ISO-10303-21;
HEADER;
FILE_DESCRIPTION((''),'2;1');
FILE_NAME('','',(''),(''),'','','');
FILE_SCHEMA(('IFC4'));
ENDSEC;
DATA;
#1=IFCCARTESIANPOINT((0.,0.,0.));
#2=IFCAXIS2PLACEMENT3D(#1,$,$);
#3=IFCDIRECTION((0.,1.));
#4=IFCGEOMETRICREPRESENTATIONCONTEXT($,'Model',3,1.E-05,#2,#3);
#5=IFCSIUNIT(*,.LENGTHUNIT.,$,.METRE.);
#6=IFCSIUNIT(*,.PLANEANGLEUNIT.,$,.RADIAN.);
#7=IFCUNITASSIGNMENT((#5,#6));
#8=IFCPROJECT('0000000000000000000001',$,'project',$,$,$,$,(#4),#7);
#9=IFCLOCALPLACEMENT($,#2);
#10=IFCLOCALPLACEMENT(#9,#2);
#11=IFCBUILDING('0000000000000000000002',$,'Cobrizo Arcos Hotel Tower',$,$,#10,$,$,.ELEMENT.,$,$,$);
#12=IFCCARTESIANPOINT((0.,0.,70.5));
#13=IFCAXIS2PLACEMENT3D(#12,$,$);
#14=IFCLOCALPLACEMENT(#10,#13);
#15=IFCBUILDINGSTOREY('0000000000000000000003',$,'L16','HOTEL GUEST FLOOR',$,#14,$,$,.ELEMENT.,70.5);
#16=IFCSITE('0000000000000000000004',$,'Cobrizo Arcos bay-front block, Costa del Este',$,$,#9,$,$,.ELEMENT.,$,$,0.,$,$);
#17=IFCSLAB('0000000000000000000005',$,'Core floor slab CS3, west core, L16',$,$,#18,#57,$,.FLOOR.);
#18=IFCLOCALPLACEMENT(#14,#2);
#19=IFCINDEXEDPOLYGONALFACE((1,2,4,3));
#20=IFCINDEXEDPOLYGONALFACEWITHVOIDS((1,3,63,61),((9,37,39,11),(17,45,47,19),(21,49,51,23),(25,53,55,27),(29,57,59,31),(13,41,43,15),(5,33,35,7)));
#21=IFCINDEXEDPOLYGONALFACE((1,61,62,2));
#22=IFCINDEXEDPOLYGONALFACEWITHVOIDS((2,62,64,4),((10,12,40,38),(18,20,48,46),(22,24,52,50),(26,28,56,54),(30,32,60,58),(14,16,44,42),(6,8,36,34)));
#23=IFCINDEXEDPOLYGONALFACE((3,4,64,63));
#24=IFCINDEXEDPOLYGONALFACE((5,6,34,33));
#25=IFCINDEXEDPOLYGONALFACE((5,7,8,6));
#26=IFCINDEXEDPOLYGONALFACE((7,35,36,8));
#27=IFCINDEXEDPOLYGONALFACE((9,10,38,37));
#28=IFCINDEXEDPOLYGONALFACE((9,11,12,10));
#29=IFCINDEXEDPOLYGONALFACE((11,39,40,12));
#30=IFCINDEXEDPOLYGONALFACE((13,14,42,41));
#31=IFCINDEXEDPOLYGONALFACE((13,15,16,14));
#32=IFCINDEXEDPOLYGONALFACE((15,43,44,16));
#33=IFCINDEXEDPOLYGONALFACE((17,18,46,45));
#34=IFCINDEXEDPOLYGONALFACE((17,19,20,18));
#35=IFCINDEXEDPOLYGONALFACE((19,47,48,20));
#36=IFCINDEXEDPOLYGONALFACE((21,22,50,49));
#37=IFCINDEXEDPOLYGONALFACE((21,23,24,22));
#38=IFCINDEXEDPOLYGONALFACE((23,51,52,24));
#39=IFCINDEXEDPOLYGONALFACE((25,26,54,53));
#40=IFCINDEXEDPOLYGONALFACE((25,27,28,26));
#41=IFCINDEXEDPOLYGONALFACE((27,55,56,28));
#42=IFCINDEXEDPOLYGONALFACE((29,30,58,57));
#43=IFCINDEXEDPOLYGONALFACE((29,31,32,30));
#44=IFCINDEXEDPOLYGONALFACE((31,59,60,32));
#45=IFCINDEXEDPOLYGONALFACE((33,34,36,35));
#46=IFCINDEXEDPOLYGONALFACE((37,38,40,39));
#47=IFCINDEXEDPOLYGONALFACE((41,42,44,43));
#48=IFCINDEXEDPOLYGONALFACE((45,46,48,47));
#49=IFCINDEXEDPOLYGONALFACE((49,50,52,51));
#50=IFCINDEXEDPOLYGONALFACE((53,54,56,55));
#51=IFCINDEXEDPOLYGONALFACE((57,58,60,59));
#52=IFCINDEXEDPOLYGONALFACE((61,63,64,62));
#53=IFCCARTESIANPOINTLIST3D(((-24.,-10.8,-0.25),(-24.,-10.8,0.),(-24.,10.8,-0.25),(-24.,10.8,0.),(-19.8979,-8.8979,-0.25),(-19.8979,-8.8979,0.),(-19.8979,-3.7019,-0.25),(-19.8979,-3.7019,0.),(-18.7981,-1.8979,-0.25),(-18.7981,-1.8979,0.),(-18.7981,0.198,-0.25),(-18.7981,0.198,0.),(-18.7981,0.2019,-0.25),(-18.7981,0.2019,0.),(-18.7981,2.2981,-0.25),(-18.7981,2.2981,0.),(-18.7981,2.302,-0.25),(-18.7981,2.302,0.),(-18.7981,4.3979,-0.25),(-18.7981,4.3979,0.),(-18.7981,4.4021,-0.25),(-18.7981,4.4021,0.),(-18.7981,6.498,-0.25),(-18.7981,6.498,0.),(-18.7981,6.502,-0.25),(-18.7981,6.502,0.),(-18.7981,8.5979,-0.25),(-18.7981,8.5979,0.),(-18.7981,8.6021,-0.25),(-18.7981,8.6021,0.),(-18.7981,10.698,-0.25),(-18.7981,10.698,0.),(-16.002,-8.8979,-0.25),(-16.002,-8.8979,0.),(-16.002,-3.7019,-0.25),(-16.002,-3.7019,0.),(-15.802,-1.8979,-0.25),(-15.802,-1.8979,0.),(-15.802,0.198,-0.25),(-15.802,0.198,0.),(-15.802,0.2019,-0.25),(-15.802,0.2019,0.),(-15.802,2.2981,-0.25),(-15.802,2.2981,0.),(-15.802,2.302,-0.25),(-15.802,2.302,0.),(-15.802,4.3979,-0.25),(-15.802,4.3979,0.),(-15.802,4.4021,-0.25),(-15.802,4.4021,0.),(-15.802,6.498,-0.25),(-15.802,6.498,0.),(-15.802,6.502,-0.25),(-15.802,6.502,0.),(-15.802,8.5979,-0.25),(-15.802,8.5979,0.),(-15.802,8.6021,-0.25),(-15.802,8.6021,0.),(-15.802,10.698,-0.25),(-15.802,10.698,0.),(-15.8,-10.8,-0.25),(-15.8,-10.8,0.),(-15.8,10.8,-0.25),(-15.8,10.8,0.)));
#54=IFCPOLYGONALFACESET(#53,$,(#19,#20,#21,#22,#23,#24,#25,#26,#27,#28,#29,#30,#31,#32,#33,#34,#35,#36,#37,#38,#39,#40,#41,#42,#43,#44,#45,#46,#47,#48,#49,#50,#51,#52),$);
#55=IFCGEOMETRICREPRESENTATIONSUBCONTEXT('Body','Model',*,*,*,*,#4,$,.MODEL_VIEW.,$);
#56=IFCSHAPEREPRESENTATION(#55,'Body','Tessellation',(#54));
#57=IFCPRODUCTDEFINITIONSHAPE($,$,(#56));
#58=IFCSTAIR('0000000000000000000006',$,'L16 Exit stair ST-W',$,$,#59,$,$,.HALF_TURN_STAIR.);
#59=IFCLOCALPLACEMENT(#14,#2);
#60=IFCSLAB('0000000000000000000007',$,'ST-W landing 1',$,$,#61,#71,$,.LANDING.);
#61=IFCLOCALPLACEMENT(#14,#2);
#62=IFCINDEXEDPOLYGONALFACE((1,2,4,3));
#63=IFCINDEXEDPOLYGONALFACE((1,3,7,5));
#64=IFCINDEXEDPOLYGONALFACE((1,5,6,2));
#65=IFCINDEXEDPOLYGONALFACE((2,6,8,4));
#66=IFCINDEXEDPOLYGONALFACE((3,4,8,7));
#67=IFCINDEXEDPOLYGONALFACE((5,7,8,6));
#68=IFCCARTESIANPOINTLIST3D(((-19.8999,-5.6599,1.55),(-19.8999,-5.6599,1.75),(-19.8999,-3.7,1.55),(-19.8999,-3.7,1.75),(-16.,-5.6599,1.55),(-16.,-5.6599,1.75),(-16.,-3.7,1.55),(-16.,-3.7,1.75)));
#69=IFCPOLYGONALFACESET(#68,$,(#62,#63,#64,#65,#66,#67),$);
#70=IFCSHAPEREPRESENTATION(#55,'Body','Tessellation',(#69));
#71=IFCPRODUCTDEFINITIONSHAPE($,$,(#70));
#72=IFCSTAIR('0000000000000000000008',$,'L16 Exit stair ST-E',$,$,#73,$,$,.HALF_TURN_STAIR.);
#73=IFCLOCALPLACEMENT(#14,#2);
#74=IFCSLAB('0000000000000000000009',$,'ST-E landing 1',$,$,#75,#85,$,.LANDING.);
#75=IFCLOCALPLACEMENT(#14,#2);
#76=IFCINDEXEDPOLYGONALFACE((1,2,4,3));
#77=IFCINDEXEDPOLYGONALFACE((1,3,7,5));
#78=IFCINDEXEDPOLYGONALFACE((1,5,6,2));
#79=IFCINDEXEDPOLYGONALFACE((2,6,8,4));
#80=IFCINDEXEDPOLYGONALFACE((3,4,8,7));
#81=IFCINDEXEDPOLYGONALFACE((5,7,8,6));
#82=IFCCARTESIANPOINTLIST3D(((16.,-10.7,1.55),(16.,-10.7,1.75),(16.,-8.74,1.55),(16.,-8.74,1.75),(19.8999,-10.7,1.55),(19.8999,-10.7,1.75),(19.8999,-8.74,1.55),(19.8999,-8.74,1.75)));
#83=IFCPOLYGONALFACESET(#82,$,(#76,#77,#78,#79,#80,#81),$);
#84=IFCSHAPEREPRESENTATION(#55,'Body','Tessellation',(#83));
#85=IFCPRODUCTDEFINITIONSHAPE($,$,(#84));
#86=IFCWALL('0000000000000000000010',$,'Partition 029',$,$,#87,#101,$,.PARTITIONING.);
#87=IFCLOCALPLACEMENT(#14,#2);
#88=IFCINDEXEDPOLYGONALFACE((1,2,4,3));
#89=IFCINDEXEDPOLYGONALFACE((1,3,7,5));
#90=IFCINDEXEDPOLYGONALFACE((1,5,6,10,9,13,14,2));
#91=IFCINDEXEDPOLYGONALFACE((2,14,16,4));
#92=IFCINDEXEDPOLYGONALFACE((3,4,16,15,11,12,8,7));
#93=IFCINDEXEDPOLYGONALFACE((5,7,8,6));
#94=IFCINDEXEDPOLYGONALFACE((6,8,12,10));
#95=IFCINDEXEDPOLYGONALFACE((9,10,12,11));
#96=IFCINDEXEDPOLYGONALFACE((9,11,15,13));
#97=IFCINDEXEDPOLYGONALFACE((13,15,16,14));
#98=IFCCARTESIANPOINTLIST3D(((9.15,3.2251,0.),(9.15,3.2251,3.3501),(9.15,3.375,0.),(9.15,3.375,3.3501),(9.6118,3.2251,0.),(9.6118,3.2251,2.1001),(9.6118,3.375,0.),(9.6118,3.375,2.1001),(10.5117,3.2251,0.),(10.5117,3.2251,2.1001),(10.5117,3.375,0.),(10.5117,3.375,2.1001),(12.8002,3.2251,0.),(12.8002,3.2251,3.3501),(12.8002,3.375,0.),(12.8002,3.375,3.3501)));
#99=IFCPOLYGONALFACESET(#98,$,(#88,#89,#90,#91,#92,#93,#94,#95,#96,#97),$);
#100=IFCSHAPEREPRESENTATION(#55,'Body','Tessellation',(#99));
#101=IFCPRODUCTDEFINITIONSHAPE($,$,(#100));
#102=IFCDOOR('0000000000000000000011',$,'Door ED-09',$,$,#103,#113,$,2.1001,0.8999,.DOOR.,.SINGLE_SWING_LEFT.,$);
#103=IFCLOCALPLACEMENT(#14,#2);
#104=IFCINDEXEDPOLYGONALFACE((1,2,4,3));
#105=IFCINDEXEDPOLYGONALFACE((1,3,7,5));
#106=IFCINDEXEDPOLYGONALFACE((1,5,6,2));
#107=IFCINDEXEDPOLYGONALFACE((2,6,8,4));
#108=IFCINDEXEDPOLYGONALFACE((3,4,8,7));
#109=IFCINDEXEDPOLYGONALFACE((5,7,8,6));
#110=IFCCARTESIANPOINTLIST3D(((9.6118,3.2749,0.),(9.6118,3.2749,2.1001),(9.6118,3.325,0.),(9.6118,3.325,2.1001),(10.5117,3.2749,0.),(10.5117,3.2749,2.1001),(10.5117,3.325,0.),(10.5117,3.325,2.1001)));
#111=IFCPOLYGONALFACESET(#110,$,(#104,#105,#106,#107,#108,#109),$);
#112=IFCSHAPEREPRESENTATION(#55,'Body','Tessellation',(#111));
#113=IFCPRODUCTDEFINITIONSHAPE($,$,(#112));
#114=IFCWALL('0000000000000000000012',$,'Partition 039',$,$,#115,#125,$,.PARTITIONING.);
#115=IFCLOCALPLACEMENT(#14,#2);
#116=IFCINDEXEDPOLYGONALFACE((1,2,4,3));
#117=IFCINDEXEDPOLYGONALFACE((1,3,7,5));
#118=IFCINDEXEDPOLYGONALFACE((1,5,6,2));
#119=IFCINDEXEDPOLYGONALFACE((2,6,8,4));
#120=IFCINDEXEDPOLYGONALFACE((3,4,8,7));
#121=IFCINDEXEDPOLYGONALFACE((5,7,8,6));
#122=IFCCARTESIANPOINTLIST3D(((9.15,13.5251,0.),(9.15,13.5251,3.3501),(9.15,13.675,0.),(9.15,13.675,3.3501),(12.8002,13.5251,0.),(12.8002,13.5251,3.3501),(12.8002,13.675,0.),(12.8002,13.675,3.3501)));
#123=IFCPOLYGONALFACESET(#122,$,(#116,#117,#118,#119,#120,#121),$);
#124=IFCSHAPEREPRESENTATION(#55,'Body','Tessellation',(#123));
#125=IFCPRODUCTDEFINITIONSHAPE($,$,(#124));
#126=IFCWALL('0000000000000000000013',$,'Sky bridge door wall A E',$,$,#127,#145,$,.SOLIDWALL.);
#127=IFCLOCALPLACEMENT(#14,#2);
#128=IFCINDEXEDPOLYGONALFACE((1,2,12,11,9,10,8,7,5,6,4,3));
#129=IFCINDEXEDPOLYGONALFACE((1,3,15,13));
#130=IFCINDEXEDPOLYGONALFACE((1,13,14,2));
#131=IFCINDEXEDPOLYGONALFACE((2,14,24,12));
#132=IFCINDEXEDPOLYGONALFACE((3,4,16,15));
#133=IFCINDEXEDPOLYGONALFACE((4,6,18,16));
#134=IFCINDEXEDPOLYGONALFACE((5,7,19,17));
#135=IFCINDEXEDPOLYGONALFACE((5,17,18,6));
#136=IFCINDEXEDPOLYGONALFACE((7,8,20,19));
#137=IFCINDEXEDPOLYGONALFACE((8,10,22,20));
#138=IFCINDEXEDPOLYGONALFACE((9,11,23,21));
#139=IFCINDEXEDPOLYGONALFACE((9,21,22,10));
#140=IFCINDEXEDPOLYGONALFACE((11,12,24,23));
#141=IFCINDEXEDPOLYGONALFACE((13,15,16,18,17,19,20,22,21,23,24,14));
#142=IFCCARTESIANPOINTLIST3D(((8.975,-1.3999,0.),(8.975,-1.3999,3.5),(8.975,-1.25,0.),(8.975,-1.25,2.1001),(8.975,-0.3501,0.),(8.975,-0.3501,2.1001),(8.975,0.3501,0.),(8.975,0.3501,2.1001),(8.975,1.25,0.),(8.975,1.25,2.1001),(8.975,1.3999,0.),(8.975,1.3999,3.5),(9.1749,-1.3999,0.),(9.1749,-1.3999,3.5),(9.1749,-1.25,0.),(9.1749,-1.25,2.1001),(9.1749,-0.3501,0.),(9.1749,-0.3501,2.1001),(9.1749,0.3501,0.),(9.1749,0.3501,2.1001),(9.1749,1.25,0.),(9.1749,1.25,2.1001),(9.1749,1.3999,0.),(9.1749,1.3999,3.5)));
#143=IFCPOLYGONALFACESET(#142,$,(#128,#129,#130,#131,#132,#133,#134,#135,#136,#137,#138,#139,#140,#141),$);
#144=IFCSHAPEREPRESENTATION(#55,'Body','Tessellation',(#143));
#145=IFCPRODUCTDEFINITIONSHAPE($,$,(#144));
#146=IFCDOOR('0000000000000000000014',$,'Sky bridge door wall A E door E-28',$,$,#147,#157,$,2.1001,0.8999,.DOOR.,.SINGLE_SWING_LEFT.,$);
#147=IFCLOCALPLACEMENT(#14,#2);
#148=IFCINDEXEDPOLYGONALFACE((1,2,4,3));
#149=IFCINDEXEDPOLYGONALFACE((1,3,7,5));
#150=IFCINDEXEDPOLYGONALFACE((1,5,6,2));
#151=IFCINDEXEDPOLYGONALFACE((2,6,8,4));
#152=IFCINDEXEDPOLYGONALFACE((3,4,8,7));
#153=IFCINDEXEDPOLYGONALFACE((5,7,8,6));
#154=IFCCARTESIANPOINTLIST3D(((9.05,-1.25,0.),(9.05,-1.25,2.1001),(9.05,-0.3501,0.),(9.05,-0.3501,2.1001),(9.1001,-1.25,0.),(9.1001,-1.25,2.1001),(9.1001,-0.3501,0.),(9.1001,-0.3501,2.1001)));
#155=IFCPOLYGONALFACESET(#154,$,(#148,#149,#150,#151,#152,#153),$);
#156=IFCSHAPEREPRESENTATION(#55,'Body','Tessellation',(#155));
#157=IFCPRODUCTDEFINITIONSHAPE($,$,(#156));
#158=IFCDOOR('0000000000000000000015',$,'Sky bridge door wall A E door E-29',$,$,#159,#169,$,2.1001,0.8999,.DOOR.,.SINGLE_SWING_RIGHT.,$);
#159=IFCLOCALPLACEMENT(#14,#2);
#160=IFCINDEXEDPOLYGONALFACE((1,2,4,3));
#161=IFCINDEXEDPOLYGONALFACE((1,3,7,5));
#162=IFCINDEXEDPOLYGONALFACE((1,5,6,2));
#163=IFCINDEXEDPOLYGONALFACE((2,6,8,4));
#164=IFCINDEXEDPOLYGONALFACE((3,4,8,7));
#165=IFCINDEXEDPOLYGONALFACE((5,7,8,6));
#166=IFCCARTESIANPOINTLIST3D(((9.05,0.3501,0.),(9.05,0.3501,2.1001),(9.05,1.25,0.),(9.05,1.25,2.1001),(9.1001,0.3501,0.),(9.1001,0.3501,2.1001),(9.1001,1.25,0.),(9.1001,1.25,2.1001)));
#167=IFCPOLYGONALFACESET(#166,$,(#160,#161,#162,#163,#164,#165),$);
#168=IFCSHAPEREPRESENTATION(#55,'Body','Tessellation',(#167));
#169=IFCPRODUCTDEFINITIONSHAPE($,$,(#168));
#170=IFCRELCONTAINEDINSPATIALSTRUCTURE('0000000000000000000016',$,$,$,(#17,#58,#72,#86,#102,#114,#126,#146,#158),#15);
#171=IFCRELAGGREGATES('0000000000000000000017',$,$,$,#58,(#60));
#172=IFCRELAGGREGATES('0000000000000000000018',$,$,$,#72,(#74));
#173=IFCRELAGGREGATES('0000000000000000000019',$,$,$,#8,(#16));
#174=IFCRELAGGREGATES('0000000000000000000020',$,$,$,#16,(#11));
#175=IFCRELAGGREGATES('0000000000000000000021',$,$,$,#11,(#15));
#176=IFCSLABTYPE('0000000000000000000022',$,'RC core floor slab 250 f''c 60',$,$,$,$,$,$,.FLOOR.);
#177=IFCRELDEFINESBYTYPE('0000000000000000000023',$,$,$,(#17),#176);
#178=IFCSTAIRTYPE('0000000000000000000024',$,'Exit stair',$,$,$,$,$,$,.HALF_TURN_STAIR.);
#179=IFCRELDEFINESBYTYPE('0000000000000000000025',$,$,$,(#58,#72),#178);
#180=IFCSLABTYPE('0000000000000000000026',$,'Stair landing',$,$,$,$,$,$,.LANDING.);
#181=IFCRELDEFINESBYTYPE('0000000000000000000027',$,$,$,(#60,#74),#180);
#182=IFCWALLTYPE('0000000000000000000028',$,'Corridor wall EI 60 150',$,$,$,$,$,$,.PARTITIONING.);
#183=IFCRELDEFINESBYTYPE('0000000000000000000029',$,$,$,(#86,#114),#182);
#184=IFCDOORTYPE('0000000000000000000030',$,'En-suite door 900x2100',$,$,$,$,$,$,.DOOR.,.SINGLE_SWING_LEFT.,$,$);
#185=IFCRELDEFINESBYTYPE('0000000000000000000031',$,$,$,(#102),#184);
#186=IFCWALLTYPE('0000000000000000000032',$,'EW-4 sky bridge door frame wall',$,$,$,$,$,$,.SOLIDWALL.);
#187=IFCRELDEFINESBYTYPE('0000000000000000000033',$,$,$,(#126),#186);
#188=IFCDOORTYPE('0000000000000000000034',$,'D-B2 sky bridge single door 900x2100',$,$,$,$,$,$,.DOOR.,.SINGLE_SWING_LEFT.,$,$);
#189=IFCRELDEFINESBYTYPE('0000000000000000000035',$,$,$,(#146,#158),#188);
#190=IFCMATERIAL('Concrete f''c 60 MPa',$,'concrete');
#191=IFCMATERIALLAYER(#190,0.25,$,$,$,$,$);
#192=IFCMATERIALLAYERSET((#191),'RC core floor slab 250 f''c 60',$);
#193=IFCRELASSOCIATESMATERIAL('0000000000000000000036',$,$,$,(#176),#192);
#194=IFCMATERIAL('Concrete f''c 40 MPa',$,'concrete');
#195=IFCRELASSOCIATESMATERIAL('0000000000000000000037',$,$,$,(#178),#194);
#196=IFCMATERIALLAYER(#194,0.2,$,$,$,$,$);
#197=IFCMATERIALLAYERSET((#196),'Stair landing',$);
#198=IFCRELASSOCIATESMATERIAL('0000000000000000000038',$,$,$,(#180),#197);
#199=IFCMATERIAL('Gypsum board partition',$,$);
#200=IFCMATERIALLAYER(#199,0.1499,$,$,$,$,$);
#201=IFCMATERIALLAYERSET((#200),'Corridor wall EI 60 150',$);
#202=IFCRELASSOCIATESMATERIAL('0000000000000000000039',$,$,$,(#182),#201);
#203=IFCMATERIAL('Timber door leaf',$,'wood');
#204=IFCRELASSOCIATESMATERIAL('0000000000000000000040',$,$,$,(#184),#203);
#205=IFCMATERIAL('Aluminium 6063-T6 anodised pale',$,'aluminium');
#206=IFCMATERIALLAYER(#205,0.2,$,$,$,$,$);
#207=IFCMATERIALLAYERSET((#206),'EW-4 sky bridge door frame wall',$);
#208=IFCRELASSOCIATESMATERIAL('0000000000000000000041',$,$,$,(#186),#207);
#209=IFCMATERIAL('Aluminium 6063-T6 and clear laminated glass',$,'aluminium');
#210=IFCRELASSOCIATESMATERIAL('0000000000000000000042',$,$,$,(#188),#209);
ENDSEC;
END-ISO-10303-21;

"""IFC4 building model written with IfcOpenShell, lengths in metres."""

from ifc_helpers import new_model, si_unit, direction, frame, frame_2d, origin, place, context, subcontext, project, spatial, polyline, rectangle, outline, extrude, material, layer, layer_set, type_object, element, fill, aggregate, save


model = new_model("IFC4")

# Units and contexts
model_context = context("Model", 3, precision=1e-05, world=origin(), true_north=direction((0.0, 1.0)))
body_context = subcontext(model_context, "Body", "Model", "MODEL_VIEW")
ifc_project = project(units=[si_unit("LENGTHUNIT", "METRE"), si_unit("PLANEANGLEUNIT", "RADIAN")], contexts=[model_context])

# Site, building, storey
site_placement = place(None, origin())
site = spatial("IfcSite", under=ifc_project, at=site_placement, Name="Cobrizo Arcos bay-front block, Costa del Este", CompositionType="ELEMENT", RefElevation=0.0)
building_placement = place(site_placement, origin())
building = spatial("IfcBuilding", under=site, at=building_placement, Name="Cobrizo Arcos Hotel Tower", CompositionType="ELEMENT")
storey_placement = place(building_placement, frame((0.0, 0.0, 70.5)))
storey = spatial("IfcBuildingStorey", under=building, at=storey_placement, Name="L16", Description="HOTEL GUEST FLOOR", CompositionType="ELEMENT", Elevation=70.5)

# Slab
ifc_material_1 = material(Name="Concrete f'c 60 MPa", Category="concrete")
ifc_layer_1 = layer(ifc_material_1, 0.25)
ifc_layer_set_1 = layer_set([ifc_layer_1], Name="RC core floor slab 250 f'c 60")
slab_type_1 = type_object("IfcSlabType", Name="RC core floor slab 250 f'c 60", PredefinedType="FLOOR", material=ifc_layer_set_1)
slab_1_placement = place(storey_placement, frame((0.0, 0.0, -0.25)))
element("IfcSlab", 1, at=slab_1_placement, inside=storey, type_object=slab_type_1, Name="Core floor slab CS3, west core, L16", PredefinedType="FLOOR", context=body_context, shape_type="SweptSolid", body=[
    extrude(outline(polyline([(-24.0, 10.8), (-15.8, 10.8), (-15.8, -10.8), (-24.0, -10.8), (-24.0, 10.8)]), holes=[polyline([(-19.8979, -3.7019), (-19.8979, -8.8979), (-16.002, -8.8979), (-16.002, -3.7019), (-19.8979, -3.7019)]), polyline([(-18.7981, 0.198), (-18.7981, -1.8979), (-15.802, -1.8979), (-15.802, 0.198), (-18.7981, 0.198)]), polyline([(-15.802, 2.2981), (-18.7981, 2.2981), (-18.7981, 0.2019), (-15.802, 0.2019), (-15.802, 2.2981)]), polyline([(-15.802, 4.3979), (-18.7981, 4.3979), (-18.7981, 2.302), (-15.802, 2.302), (-15.802, 4.3979)]), polyline([(-18.7981, 6.498), (-18.7981, 4.4021), (-15.802, 4.4021), (-15.802, 6.498), (-18.7981, 6.498)]), polyline([(-15.802, 8.5979), (-18.7981, 8.5979), (-18.7981, 6.502), (-15.802, 6.502), (-15.802, 8.5979)]), polyline([(-15.802, 10.698), (-18.7981, 10.698), (-18.7981, 8.6021), (-15.802, 8.6021), (-15.802, 10.698)])]), origin(), (0.0, 0.0, 1.0), 0.25),
])

# Stairs, slabs
ifc_material_2 = material(Name="Concrete f'c 40 MPa", Category="concrete")
stair_type = type_object("IfcStairType", Name="Exit stair", PredefinedType="HALF_TURN_STAIR", material=ifc_material_2)
stair_1_placement = place(storey_placement, origin())
stair_1 = element("IfcStair", 2, at=stair_1_placement, inside=storey, type_object=stair_type, Name="L16 Exit stair ST-W", PredefinedType="HALF_TURN_STAIR")
ifc_layer_2 = layer(ifc_material_2, 0.2)
ifc_layer_set_2 = layer_set([ifc_layer_2], Name="Stair landing")
slab_type_2 = type_object("IfcSlabType", Name="Stair landing", PredefinedType="LANDING", material=ifc_layer_set_2)
slab_2_placement = place(storey_placement, frame((0.0, 0.0, 1.55)))
slab_2 = element("IfcSlab", 3, at=slab_2_placement, type_object=slab_type_2, Name="ST-W landing 1", PredefinedType="LANDING", context=body_context, shape_type="SweptSolid", body=[
    extrude(outline(polyline([(-16.0, -5.6599), (-16.0, -3.7), (-19.8999, -3.7), (-19.8999, -5.6599), (-16.0, -5.6599)])), origin(), (0.0, 0.0, 1.0), 0.2),
])
aggregate(stair_1, [slab_2])
stair_2_placement = place(storey_placement, origin())
stair_2 = element("IfcStair", 4, at=stair_2_placement, inside=storey, type_object=stair_type, Name="L16 Exit stair ST-E", PredefinedType="HALF_TURN_STAIR")
slab_3_placement = place(storey_placement, frame((0.0, 0.0, 1.55)))
slab_3 = element("IfcSlab", 5, at=slab_3_placement, type_object=slab_type_2, Name="ST-E landing 1", PredefinedType="LANDING", context=body_context, shape_type="SweptSolid", body=[
    extrude(outline(polyline([(16.0, -8.74), (16.0, -10.7), (19.8999, -10.7), (19.8999, -8.74), (16.0, -8.74)])), origin(), (0.0, 0.0, 1.0), 0.2),
])
aggregate(stair_2, [slab_3])

# Wall, opening, door
ifc_material_3 = material(Name="Gypsum board partition")
ifc_layer_3 = layer(ifc_material_3, 0.1499)
ifc_layer_set_3 = layer_set([ifc_layer_3], Name="Corridor wall EI 60 150")
wall_type_1 = type_object("IfcWallType", Name="Corridor wall EI 60 150", PredefinedType="PARTITIONING", material=ifc_layer_set_3)
wall_1_placement = place(storey_placement, frame((9.1499, 3.3, 0.0), z_axis=(0.0, 0.0, 1.0), x_axis=(1.0, 0.0, 0.0)))
wall_1 = element("IfcWall", 6, at=wall_1_placement, inside=storey, type_object=wall_type_1, Name="Partition 029", PredefinedType="PARTITIONING", context=body_context, shape_type="SweptSolid", body=[
    extrude(rectangle(XDim=3.6501, YDim=0.1499, at=frame_2d((1.8252, 0.0))), origin(), (0.0, 0.0, 1.0), 3.3501),
])
opening_1_placement = place(wall_1_placement, frame((0.4619, 0.0, 0.0)))
opening_1 = element("IfcOpeningElement", 7, at=opening_1_placement, cuts=wall_1, PredefinedType="OPENING", context=body_context, shape_type="SweptSolid", body=[
    extrude(rectangle(XDim=0.8999, YDim=2.1001, at=frame_2d((0.45, 1.05))), frame((0.0, 0.0869, 0.0), z_axis=(0.0, -1.0, 0.0), x_axis=(1.0, 0.0, 0.0)), (0.0, 0.0, 1.0), 0.1738),
])
ifc_material_4 = material(Name="Timber door leaf", Category="wood")
door_type_1 = type_object("IfcDoorType", Name="En-suite door 900x2100", OperationType="SINGLE_SWING_LEFT", PredefinedType="DOOR", material=ifc_material_4)
door_1_placement = place(opening_1_placement, origin())
door_1 = element("IfcDoor", 8, at=door_1_placement, inside=storey, type_object=door_type_1, Name="Door ED-09", OperationType="SINGLE_SWING_LEFT", OverallHeight=2.1001, OverallWidth=0.8999, PredefinedType="DOOR", context=body_context, shape_type="SweptSolid", body=[
    extrude(rectangle(XDim=0.8999, YDim=2.1001, at=frame_2d((0.45, 1.05))), frame((0.0, 0.0249, 0.0), z_axis=(0.0, -1.0, 0.0), x_axis=(1.0, 0.0, 0.0)), (0.0, 0.0, 1.0), 0.05),
])
fill(opening_1, door_1)

# Wall
wall_2_placement = place(storey_placement, frame((9.1499, 13.6001, 0.0), z_axis=(0.0, 0.0, 1.0), x_axis=(1.0, 0.0, 0.0)))
element("IfcWall", 9, at=wall_2_placement, inside=storey, type_object=wall_type_1, Name="Partition 039", PredefinedType="PARTITIONING", context=body_context, shape_type="SweptSolid", body=[
    extrude(rectangle(XDim=3.6501, YDim=0.1499, at=frame_2d((1.8252, 0.0))), origin(), (0.0, 0.0, 1.0), 3.3501),
])

# Wall, openings, doors
ifc_material_5 = material(Name="Aluminium 6063-T6 anodised pale", Category="aluminium")
ifc_layer_4 = layer(ifc_material_5, 0.2)
ifc_layer_set_4 = layer_set([ifc_layer_4], Name="EW-4 sky bridge door frame wall")
wall_type_2 = type_object("IfcWallType", Name="EW-4 sky bridge door frame wall", PredefinedType="SOLIDWALL", material=ifc_layer_set_4)
wall_3_placement = place(storey_placement, frame((9.075, -1.3999, 0.0), z_axis=(0.0, 0.0, 1.0), x_axis=(0.0, 1.0, 0.0)))
wall_3 = element("IfcWall", 10, at=wall_3_placement, inside=storey, type_object=wall_type_2, Name="Sky bridge door wall A E", PredefinedType="SOLIDWALL", context=body_context, shape_type="SweptSolid", body=[
    extrude(rectangle(XDim=2.7998, YDim=0.2, at=frame_2d((1.3999, 0.0))), origin(), (0.0, 0.0, 1.0), 3.5),
])
opening_2_placement = place(wall_3_placement, frame((0.1499, 0.0, 0.0)))
opening_2 = element("IfcOpeningElement", 11, at=opening_2_placement, cuts=wall_3, PredefinedType="OPENING", context=body_context, shape_type="SweptSolid", body=[
    extrude(rectangle(XDim=0.8999, YDim=2.1001, at=frame_2d((0.45, 1.05))), frame((0.0, 0.1121, 0.0), z_axis=(0.0, -1.0, 0.0), x_axis=(1.0, 0.0, 0.0)), (0.0, 0.0, 1.0), 0.2239),
])
opening_3_placement = place(wall_3_placement, frame((1.75, 0.0, 0.0)))
opening_3 = element("IfcOpeningElement", 12, at=opening_3_placement, cuts=wall_3, PredefinedType="OPENING", context=body_context, shape_type="SweptSolid", body=[
    extrude(rectangle(XDim=0.8999, YDim=2.1001, at=frame_2d((0.45, 1.05))), frame((0.0, 0.1121, 0.0), z_axis=(0.0, -1.0, 0.0), x_axis=(1.0, 0.0, 0.0)), (0.0, 0.0, 1.0), 0.2239),
])
ifc_material_6 = material(Name="Aluminium 6063-T6 and clear laminated glass", Category="aluminium")
door_type_2 = type_object("IfcDoorType", Name="D-B2 sky bridge single door 900x2100", OperationType="SINGLE_SWING_LEFT", PredefinedType="DOOR", material=ifc_material_6)
door_2_placement = place(opening_2_placement, origin())
door_2 = element("IfcDoor", 13, at=door_2_placement, inside=storey, type_object=door_type_2, Name="Sky bridge door wall A E door E-28", OperationType="SINGLE_SWING_LEFT", OverallHeight=2.1001, OverallWidth=0.8999, PredefinedType="DOOR", context=body_context, shape_type="SweptSolid", body=[
    extrude(rectangle(XDim=0.8999, YDim=2.1001, at=frame_2d((0.45, 1.05))), frame((0.0, 0.0249, 0.0), z_axis=(0.0, -1.0, 0.0), x_axis=(1.0, 0.0, 0.0)), (0.0, 0.0, 1.0), 0.05),
])
fill(opening_2, door_2)
door_3_placement = place(opening_3_placement, origin())
door_3 = element("IfcDoor", 14, at=door_3_placement, inside=storey, type_object=door_type_2, Name="Sky bridge door wall A E door E-29", OperationType="SINGLE_SWING_RIGHT", OverallHeight=2.1001, OverallWidth=0.8999, PredefinedType="DOOR", context=body_context, shape_type="SweptSolid", body=[
    extrude(rectangle(XDim=0.8999, YDim=2.1001, at=frame_2d((0.45, 1.05))), frame((0.0, 0.0249, 0.0), z_axis=(0.0, -1.0, 0.0), x_axis=(1.0, 0.0, 0.0)), (0.0, 0.0, 1.0), 0.05),
])
fill(opening_3, door_3)

save(model, "model.ifc")
